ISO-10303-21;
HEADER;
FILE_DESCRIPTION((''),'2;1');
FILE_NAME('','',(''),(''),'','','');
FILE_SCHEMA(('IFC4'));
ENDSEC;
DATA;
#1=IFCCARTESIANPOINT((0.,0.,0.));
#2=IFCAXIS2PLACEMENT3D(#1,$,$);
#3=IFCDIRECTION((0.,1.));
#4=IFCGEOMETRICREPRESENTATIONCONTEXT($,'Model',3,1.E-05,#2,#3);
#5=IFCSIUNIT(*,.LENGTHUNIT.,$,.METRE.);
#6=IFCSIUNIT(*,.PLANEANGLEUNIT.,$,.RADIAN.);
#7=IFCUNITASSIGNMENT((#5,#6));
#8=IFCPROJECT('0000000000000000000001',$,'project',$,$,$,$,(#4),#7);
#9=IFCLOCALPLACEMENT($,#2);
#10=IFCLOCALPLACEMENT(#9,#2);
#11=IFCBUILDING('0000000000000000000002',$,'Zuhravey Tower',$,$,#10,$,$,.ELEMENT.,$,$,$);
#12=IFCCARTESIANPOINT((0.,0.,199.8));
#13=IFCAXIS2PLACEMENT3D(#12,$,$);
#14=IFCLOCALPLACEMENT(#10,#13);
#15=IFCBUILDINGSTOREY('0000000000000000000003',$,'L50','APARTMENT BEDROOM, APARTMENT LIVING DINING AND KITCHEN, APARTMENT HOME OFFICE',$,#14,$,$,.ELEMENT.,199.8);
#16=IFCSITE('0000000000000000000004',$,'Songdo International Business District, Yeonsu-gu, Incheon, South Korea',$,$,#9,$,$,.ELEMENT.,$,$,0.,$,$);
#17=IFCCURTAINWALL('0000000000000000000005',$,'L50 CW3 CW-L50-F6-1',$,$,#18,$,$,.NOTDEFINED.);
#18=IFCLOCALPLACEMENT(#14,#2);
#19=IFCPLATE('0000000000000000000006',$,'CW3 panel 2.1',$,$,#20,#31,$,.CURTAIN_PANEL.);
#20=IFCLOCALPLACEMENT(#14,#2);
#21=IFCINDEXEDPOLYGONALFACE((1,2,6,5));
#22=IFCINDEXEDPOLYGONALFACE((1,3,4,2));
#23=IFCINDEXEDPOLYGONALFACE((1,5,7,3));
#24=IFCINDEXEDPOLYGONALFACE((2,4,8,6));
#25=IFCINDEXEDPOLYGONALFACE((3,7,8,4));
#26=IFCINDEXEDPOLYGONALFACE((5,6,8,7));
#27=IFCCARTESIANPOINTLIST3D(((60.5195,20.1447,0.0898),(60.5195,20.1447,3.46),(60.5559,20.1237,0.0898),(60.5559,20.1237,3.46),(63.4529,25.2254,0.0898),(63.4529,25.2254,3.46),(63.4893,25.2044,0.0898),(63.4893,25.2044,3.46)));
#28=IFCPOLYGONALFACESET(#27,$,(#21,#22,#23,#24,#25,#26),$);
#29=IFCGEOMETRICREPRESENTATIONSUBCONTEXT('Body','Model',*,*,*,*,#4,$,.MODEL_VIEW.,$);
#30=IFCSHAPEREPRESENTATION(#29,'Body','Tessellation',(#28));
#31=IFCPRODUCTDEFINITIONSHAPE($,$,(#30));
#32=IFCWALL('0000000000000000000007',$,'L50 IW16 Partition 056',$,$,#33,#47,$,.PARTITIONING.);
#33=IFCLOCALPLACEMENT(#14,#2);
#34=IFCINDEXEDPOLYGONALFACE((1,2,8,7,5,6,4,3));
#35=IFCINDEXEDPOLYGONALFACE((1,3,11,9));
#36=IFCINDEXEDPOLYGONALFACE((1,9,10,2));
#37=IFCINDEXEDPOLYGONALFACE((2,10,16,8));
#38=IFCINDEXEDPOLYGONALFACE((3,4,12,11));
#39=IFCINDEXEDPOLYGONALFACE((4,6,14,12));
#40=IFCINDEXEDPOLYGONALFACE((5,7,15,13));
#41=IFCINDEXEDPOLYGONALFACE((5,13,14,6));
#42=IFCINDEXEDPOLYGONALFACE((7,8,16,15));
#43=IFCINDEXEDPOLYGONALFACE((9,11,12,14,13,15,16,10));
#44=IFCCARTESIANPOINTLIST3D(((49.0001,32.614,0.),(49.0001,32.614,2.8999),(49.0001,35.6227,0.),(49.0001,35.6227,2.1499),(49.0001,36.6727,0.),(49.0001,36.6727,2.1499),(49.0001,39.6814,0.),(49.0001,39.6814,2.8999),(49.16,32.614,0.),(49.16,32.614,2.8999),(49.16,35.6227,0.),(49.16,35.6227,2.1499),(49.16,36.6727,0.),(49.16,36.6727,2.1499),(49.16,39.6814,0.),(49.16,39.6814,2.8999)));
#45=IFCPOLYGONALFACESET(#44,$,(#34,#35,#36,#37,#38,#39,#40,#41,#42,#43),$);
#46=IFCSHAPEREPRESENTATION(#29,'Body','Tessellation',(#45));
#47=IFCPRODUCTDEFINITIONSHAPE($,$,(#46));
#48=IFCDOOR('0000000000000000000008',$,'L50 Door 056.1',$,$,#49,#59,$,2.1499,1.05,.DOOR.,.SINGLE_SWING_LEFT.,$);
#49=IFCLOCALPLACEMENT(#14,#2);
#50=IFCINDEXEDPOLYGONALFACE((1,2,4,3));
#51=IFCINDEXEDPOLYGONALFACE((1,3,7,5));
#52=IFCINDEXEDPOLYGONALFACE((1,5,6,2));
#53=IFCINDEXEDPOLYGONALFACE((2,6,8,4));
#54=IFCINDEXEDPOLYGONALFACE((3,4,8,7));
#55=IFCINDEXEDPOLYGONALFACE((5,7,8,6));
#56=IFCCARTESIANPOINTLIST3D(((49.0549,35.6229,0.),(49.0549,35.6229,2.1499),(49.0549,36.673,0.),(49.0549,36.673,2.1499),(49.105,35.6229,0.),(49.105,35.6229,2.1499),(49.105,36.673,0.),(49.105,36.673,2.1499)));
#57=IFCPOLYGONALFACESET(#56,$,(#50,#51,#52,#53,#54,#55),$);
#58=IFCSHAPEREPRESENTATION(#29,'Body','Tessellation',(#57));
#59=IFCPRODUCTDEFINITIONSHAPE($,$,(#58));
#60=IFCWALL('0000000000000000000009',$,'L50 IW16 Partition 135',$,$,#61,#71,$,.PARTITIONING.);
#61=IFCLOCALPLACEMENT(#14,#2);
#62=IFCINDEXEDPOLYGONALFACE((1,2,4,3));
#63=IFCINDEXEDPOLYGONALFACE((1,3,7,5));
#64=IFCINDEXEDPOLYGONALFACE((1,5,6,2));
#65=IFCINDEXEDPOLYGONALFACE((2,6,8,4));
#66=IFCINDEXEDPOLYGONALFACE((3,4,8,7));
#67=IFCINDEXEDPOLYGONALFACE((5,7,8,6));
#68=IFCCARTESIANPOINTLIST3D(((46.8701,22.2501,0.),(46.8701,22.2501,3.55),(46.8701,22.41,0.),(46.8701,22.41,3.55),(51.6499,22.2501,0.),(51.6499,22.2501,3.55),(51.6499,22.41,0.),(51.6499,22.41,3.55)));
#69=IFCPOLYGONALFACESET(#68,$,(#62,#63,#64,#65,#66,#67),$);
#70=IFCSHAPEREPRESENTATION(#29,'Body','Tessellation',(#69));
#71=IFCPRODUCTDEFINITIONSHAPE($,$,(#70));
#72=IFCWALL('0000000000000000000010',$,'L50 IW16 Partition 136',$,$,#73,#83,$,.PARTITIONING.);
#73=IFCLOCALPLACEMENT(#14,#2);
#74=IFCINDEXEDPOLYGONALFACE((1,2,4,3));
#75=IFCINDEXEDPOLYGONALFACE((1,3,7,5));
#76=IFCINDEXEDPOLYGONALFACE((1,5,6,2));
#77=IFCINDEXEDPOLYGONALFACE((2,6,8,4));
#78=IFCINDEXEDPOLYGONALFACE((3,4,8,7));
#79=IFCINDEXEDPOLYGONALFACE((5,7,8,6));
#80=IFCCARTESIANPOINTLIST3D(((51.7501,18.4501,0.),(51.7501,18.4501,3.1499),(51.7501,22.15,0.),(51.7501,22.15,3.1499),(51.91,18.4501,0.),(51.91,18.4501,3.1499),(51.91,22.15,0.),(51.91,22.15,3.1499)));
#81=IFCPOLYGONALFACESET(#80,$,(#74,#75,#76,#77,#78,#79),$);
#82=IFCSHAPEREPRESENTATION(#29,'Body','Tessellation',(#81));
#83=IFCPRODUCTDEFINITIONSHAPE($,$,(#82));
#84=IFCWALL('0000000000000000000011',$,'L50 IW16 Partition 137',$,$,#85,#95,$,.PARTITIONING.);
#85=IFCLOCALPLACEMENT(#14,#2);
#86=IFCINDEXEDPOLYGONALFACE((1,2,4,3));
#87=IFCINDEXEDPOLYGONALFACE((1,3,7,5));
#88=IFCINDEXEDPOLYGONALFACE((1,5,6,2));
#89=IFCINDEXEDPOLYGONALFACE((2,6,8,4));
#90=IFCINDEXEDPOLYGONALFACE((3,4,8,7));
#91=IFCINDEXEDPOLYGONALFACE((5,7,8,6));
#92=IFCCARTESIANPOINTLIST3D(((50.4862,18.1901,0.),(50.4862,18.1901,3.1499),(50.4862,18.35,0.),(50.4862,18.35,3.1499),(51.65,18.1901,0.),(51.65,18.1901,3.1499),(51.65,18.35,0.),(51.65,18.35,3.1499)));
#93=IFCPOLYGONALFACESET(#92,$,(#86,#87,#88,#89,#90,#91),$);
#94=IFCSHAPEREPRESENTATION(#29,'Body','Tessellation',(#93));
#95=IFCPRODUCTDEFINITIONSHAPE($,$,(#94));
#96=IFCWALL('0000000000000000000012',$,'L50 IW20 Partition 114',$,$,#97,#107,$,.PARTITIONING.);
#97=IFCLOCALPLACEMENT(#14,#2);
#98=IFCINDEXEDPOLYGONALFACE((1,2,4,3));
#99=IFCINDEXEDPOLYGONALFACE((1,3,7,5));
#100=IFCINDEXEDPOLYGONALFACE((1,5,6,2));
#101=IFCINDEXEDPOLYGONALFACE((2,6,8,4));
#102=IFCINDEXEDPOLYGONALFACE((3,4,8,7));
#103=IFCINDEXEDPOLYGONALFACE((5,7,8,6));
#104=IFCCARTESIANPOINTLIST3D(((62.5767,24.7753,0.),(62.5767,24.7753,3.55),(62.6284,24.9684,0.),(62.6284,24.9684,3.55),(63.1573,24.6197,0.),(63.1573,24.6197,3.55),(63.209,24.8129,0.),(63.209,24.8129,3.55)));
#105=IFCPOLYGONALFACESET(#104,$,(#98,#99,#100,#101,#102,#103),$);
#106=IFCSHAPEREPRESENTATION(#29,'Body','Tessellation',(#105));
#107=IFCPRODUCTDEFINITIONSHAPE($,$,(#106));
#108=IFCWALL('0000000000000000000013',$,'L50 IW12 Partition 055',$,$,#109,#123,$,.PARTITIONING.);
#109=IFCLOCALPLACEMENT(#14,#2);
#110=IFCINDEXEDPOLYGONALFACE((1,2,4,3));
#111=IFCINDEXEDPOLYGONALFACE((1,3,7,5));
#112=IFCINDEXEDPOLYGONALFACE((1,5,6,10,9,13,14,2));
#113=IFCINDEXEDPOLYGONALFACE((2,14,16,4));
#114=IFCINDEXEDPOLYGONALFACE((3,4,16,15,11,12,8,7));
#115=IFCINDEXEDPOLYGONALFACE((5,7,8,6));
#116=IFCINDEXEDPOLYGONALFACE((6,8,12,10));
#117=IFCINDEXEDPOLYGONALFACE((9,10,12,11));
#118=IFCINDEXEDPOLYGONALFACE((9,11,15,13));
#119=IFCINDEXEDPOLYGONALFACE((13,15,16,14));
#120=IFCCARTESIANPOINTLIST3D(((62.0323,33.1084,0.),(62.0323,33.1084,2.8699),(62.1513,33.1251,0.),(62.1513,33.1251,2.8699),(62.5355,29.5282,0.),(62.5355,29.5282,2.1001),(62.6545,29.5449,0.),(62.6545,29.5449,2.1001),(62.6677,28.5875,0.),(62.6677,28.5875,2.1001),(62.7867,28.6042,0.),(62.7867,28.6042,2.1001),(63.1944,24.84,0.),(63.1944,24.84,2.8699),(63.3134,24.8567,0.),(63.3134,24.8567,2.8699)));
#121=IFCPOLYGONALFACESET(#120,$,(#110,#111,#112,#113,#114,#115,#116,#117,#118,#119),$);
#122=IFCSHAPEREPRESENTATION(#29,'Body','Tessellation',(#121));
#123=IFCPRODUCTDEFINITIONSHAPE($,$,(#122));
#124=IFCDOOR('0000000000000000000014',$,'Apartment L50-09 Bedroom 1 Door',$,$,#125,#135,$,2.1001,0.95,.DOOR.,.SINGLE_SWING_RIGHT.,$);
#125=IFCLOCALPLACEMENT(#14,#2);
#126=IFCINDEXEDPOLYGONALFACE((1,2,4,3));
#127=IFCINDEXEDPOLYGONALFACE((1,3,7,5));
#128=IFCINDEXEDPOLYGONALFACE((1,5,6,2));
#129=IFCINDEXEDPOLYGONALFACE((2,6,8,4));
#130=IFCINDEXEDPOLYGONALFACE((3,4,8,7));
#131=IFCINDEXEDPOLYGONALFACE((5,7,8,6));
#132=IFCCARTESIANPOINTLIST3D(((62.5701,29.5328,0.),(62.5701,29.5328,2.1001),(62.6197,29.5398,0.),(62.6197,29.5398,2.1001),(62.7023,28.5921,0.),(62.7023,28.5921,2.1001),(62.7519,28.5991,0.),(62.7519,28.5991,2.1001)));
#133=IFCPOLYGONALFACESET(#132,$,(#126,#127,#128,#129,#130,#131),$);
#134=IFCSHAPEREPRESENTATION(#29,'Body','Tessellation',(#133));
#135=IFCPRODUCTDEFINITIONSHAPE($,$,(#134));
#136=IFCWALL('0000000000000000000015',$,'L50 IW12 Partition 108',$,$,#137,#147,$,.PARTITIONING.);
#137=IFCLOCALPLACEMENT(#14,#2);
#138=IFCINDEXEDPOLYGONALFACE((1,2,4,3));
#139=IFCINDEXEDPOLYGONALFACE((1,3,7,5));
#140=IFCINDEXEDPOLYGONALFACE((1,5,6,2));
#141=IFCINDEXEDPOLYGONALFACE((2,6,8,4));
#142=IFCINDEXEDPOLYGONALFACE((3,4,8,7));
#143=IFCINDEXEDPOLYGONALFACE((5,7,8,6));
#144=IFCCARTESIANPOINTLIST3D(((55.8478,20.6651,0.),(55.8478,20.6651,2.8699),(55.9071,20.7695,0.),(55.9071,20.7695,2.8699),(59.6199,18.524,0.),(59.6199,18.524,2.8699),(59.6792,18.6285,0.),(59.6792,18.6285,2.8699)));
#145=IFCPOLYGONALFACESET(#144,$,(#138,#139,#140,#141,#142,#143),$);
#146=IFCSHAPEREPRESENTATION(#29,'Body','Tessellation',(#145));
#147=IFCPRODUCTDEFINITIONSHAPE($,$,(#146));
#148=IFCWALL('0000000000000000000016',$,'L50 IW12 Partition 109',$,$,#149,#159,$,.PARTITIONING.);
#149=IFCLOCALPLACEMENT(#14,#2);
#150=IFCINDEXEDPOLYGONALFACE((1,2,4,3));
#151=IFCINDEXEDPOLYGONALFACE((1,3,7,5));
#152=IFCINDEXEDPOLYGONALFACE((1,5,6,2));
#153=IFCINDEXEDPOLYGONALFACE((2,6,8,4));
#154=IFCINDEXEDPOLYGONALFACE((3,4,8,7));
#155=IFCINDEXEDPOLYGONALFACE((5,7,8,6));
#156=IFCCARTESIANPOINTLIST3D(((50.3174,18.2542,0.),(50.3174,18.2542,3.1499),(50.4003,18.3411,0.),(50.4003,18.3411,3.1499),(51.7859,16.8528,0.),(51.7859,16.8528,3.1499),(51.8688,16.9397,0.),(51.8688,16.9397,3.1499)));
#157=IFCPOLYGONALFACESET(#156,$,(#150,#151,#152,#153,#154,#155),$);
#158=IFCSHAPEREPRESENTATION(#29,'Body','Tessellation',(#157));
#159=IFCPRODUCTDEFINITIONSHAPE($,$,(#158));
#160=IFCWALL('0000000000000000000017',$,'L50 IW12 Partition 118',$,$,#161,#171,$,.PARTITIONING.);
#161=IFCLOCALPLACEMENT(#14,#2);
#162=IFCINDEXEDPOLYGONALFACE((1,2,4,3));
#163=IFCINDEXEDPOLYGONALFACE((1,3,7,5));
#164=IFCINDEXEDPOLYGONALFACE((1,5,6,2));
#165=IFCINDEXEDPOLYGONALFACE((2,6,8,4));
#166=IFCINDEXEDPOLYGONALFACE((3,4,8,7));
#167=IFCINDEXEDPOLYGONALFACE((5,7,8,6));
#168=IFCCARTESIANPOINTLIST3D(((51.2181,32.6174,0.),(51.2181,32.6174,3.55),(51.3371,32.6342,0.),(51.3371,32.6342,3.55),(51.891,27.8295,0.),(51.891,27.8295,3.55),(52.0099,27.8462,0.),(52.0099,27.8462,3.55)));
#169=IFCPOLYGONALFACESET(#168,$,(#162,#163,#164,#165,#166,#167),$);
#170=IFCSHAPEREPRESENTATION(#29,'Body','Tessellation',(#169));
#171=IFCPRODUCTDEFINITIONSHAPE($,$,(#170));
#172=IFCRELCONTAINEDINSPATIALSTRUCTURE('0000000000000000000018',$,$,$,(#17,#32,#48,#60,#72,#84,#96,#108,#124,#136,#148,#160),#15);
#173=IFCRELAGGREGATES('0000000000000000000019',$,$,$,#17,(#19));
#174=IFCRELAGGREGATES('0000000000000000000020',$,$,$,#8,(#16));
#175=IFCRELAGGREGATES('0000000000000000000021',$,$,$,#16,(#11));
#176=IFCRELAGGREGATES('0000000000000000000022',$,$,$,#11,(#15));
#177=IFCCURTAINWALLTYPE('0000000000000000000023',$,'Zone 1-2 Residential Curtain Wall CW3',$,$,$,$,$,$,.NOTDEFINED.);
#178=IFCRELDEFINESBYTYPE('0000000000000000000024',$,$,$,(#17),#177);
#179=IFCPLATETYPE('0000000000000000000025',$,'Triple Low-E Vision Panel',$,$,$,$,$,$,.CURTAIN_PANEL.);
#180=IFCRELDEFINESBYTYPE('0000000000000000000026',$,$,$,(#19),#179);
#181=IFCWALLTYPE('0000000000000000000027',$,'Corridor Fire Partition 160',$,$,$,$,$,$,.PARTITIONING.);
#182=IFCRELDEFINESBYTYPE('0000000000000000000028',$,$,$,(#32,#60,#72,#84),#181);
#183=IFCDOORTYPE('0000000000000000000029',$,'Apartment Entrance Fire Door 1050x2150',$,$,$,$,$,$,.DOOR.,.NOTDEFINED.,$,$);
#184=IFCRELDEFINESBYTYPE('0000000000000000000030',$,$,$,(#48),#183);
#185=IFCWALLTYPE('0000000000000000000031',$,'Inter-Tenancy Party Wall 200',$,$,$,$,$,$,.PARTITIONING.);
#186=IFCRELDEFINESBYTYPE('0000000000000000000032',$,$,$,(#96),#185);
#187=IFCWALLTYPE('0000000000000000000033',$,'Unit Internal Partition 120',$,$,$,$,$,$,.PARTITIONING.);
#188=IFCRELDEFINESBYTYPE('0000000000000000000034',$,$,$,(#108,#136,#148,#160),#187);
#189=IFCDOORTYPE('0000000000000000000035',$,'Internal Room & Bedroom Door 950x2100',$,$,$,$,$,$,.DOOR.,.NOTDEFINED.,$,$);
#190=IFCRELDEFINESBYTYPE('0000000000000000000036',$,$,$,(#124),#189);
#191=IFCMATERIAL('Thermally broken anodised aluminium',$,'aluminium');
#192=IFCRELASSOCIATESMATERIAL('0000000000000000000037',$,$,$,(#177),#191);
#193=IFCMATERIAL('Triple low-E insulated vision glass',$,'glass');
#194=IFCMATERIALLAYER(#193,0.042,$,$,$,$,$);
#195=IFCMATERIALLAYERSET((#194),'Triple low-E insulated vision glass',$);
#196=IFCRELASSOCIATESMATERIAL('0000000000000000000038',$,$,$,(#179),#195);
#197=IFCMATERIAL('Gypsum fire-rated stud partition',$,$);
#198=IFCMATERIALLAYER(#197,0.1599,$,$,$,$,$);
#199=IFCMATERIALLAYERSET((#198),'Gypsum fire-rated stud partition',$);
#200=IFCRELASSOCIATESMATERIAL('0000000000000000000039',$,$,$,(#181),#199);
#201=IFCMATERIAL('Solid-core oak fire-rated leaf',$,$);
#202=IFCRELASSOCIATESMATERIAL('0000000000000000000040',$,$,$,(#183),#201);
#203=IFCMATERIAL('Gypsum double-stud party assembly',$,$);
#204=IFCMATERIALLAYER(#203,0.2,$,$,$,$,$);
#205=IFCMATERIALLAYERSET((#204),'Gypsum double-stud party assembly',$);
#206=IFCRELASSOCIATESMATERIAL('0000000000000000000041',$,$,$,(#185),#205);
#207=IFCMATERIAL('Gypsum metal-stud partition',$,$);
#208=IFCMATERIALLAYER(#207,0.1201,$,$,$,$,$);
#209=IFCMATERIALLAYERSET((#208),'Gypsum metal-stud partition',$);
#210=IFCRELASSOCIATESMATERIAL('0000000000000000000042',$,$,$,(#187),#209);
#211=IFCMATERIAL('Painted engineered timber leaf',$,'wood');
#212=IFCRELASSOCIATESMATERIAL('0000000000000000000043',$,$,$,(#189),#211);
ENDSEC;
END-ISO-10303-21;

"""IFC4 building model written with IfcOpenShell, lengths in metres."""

from ifc_helpers import new_model, si_unit, direction, frame, frame_2d, origin, origin_2d, place, context, subcontext, project, spatial, rectangle, extrude, material, layer, layer_set, type_object, element, fill, aggregate, save


model = new_model("IFC4")

# Units and contexts
model_context = context("Model", 3, precision=1e-05, world=origin(), true_north=direction((0.0, 1.0)))
body_context = subcontext(model_context, "Body", "Model", "MODEL_VIEW")
ifc_project = project(units=[si_unit("LENGTHUNIT", "METRE"), si_unit("PLANEANGLEUNIT", "RADIAN")], contexts=[model_context])

# Site, building, storey
site_placement = place(None, origin())
site = spatial("IfcSite", under=ifc_project, at=site_placement, Name="Songdo International Business District, Yeonsu-gu, Incheon, South Korea", CompositionType="ELEMENT", RefElevation=0.0)
building_placement = place(site_placement, origin())
building = spatial("IfcBuilding", under=site, at=building_placement, Name="Zuhravey Tower", CompositionType="ELEMENT")
storey_placement = place(building_placement, frame((0.0, 0.0, 199.8)))
storey = spatial("IfcBuildingStorey", under=building, at=storey_placement, Name="L50", Description="APARTMENT BEDROOM, APARTMENT LIVING DINING AND KITCHEN, APARTMENT HOME OFFICE", CompositionType="ELEMENT", Elevation=199.8)

# Curtain wall
ifc_material_1 = material(Name="Thermally broken anodised aluminium", Category="aluminium")
curtain_wall_type = type_object("IfcCurtainWallType", Name="Zone 1-2 Residential Curtain Wall CW3", PredefinedType="NOTDEFINED", material=ifc_material_1)
curtain_wall_placement = place(storey_placement, origin())
curtain_wall = element("IfcCurtainWall", 1, at=curtain_wall_placement, inside=storey, type_object=curtain_wall_type, Name="L50 CW3 CW-L50-F6-1", PredefinedType="NOTDEFINED")

# Plate
ifc_material_2 = material(Name="Triple low-E insulated vision glass", Category="glass")
ifc_layer_1 = layer(ifc_material_2, 0.042)
ifc_layer_set_1 = layer_set([ifc_layer_1], Name="Triple low-E insulated vision glass")
plate_type_1 = type_object("IfcPlateType", Name="Triple Low-E Vision Panel", PredefinedType="CURTAIN_PANEL", material=ifc_layer_set_1)
plate_1_placement = place(storey_placement, frame((62.0044, 22.6746, 0.0898), z_axis=(0.0, 0.0, 1.0), x_axis=(-0.5, -0.866025, 0.0)))
plate_1 = element("IfcPlate", 2, at=plate_1_placement, type_object=plate_type_1, Name="CW3 panel 2.1", PredefinedType="CURTAIN_PANEL", context=body_context, shape_type="SweptSolid", body=[
    extrude(rectangle(XDim=5.8667, YDim=0.042, at=origin_2d()), origin(), (0.0, 0.0, 1.0), 3.3701),
])
aggregate(curtain_wall, [plate_1])

# Wall, opening, door
ifc_material_3 = material(Name="Gypsum fire-rated stud partition")
ifc_layer_2 = layer(ifc_material_3, 0.1599)
ifc_layer_set_2 = layer_set([ifc_layer_2], Name="Gypsum fire-rated stud partition")
wall_type_1 = type_object("IfcWallType", Name="Corridor Fire Partition 160", PredefinedType="PARTITIONING", material=ifc_layer_set_2)
wall_1_placement = place(storey_placement, frame((49.0801, 32.614, 0.0), z_axis=(0.0, 0.0, 1.0), x_axis=(0.0, 1.0, 0.0)))
wall_1 = element("IfcWall", 3, at=wall_1_placement, inside=storey, type_object=wall_type_1, Name="L50 IW16 Partition 056", PredefinedType="PARTITIONING", context=body_context, shape_type="SweptSolid", body=[
    extrude(rectangle(XDim=7.0674, YDim=0.1599, at=frame_2d((3.5337, 0.0))), origin(), (0.0, 0.0, 1.0), 2.8999),
])
opening_1_placement = place(wall_1_placement, frame((3.0088, 0.0, 0.0)))
opening_1 = element("IfcOpeningElement", 4, at=opening_1_placement, cuts=wall_1, PredefinedType="OPENING", context=body_context, shape_type="SweptSolid", body=[
    extrude(rectangle(XDim=1.05, YDim=2.1499, at=frame_2d((0.5249, 1.075))), frame((0.0, 0.092, 0.0), z_axis=(0.0, -1.0, 0.0), x_axis=(1.0, 0.0, 0.0)), (0.0, 0.0, 1.0), 0.1838),
])
ifc_material_4 = material(Name="Solid-core oak fire-rated leaf")
door_type_1 = type_object("IfcDoorType", Name="Apartment Entrance Fire Door 1050x2150", OperationType="NOTDEFINED", PredefinedType="DOOR", material=ifc_material_4)
door_1_placement = place(opening_1_placement, frame((1.05, 0.0, 0.0), z_axis=(0.0, 0.0, 1.0), x_axis=(-1.0, 0.0, 0.0)))
door_1 = element("IfcDoor", 5, at=door_1_placement, inside=storey, type_object=door_type_1, Name="L50 Door 056.1", OperationType="SINGLE_SWING_LEFT", OverallHeight=2.1499, OverallWidth=1.05, PredefinedType="DOOR", context=body_context, shape_type="SweptSolid", body=[
    extrude(rectangle(XDim=1.05, YDim=2.1499, at=frame_2d((0.5249, 1.075))), frame((0.0, 0.0249, 0.0), z_axis=(0.0, -1.0, 0.0), x_axis=(1.0, 0.0, 0.0)), (0.0, 0.0, 1.0), 0.05),
])
fill(opening_1, door_1)

# Walls
wall_2_placement = place(storey_placement, frame((51.6499, 22.3301, 0.0), z_axis=(0.0, 0.0, 1.0), x_axis=(-1.0, 0.0, 0.0)))
element("IfcWall", 6, at=wall_2_placement, inside=storey, type_object=wall_type_1, Name="L50 IW16 Partition 135", PredefinedType="PARTITIONING", context=body_context, shape_type="SweptSolid", body=[
    extrude(rectangle(XDim=4.7798, YDim=0.1599, at=frame_2d((2.3899, 0.0))), origin(), (0.0, 0.0, 1.0), 3.55),
])
wall_3_placement = place(storey_placement, frame((51.8301, 18.45, 0.0), z_axis=(0.0, 0.0, 1.0), x_axis=(0.0, 1.0, 0.0)))
element("IfcWall", 7, at=wall_3_placement, inside=storey, type_object=wall_type_1, Name="L50 IW16 Partition 136", PredefinedType="PARTITIONING", context=body_context, shape_type="SweptSolid", body=[
    extrude(rectangle(XDim=3.7, YDim=0.1599, at=frame_2d((1.8501, 0.0))), origin(), (0.0, 0.0, 1.0), 3.1499),
])
wall_4_placement = place(storey_placement, frame((50.4861, 18.27, 0.0), z_axis=(0.0, 0.0, 1.0), x_axis=(1.0, 0.0, 0.0)))
element("IfcWall", 8, at=wall_4_placement, inside=storey, type_object=wall_type_1, Name="L50 IW16 Partition 137", PredefinedType="PARTITIONING", context=body_context, shape_type="SweptSolid", body=[
    extrude(rectangle(XDim=1.1638, YDim=0.1599, at=frame_2d((0.582, 0.0))), origin(), (0.0, 0.0, 1.0), 3.1499),
])
ifc_material_5 = material(Name="Gypsum double-stud party assembly")
ifc_layer_3 = layer(ifc_material_5, 0.2)
ifc_layer_set_3 = layer_set([ifc_layer_3], Name="Gypsum double-stud party assembly")
wall_type_2 = type_object("IfcWallType", Name="Inter-Tenancy Party Wall 200", PredefinedType="PARTITIONING", material=ifc_layer_set_3)
wall_5_placement = place(storey_placement, frame((62.6025, 24.8718, 0.0), z_axis=(0.0, 0.0, 1.0), x_axis=(0.965944, -0.25875, 0.0)))
element("IfcWall", 9, at=wall_5_placement, inside=storey, type_object=wall_type_2, Name="L50 IW20 Partition 114", PredefinedType="PARTITIONING", context=body_context, shape_type="SweptSolid", body=[
    extrude(rectangle(XDim=0.6011, YDim=0.2, at=frame_2d((0.3005, 0.0))), origin(), (0.0, 0.0, 1.0), 3.55),
])

# Wall, opening, door
ifc_material_6 = material(Name="Gypsum metal-stud partition")
ifc_layer_4 = layer(ifc_material_6, 0.1201)
ifc_layer_set_4 = layer_set([ifc_layer_4], Name="Gypsum metal-stud partition")
wall_type_3 = type_object("IfcWallType", Name="Unit Internal Partition 120", PredefinedType="PARTITIONING", material=ifc_layer_set_4)
wall_6_placement = place(storey_placement, frame((63.2539, 24.8484, 0.0), z_axis=(0.0, 0.0, 1.0), x_axis=(-0.139182, 0.990267, 0.0)))
wall_6 = element("IfcWall", 10, at=wall_6_placement, inside=storey, type_object=wall_type_3, Name="L50 IW12 Partition 055", PredefinedType="PARTITIONING", context=body_context, shape_type="SweptSolid", body=[
    extrude(rectangle(XDim=8.3496, YDim=0.1201, at=frame_2d((4.1748, 0.0))), origin(), (0.0, 0.0, 1.0), 2.8699),
])
opening_2_placement = place(wall_6_placement, frame((3.7842, 0.0, 0.0)))
opening_2 = element("IfcOpeningElement", 11, at=opening_2_placement, cuts=wall_6, PredefinedType="OPENING", context=body_context, shape_type="SweptSolid", body=[
    extrude(rectangle(XDim=0.95, YDim=2.1001, at=frame_2d((0.4751, 1.05))), frame((0.0, 0.072, 0.0), z_axis=(0.0, -1.0, 0.0), x_axis=(1.0, 0.0, 0.0)), (0.0, 0.0, 1.0), 0.144),
])
ifc_material_7 = material(Name="Painted engineered timber leaf", Category="wood")
door_type_2 = type_object("IfcDoorType", Name="Internal Room & Bedroom Door 950x2100", OperationType="NOTDEFINED", PredefinedType="DOOR", material=ifc_material_7)
door_2_placement = place(opening_2_placement, frame((0.95, 0.0, 0.0), z_axis=(0.0, 0.0, 1.0), x_axis=(-1.0, 0.0, 0.0)))
door_2 = element("IfcDoor", 12, at=door_2_placement, inside=storey, type_object=door_type_2, Name="Apartment L50-09 Bedroom 1 Door", OperationType="SINGLE_SWING_RIGHT", OverallHeight=2.1001, OverallWidth=0.95, PredefinedType="DOOR", context=body_context, shape_type="SweptSolid", body=[
    extrude(rectangle(XDim=0.95, YDim=2.1001, at=frame_2d((0.4751, 1.05))), frame((0.0, 0.0249, 0.0), z_axis=(0.0, -1.0, 0.0), x_axis=(1.0, 0.0, 0.0)), (0.0, 0.0, 1.0), 0.05),
])
fill(opening_2, door_2)

# Walls
wall_7_placement = place(storey_placement, frame((55.8774, 20.7173, 0.0), z_axis=(0.0, 0.0, 1.0), x_axis=(0.869674, -0.493627, 0.0)))
element("IfcWall", 13, at=wall_7_placement, inside=storey, type_object=wall_type_3, Name="L50 IW12 Partition 108", PredefinedType="PARTITIONING", context=body_context, shape_type="SweptSolid", body=[
    extrude(rectangle(XDim=4.3374, YDim=0.1201, at=frame_2d((2.1687, 0.0))), origin(), (0.0, 0.0, 1.0), 2.8699),
])
wall_8_placement = place(storey_placement, frame((50.3589, 18.2976, 0.0), z_axis=(0.0, 0.0, 1.0), x_axis=(0.723451, -0.690376, 0.0)))
element("IfcWall", 14, at=wall_8_placement, inside=storey, type_object=wall_type_3, Name="L50 IW12 Partition 109", PredefinedType="PARTITIONING", context=body_context, shape_type="SweptSolid", body=[
    extrude(rectangle(XDim=2.0298, YDim=0.1201, at=frame_2d((1.0149, 0.0))), origin(), (0.0, 0.0, 1.0), 3.1499),
])
wall_9_placement = place(storey_placement, frame((51.9504, 27.8379, 0.0), z_axis=(0.0, 0.0, 1.0), x_axis=(-0.139166, 0.990269, 0.0)))
element("IfcWall", 15, at=wall_9_placement, inside=storey, type_object=wall_type_3, Name="L50 IW12 Partition 118", PredefinedType="PARTITIONING", context=body_context, shape_type="SweptSolid", body=[
    extrude(rectangle(XDim=4.835, YDim=0.1201, at=frame_2d((2.4175, 0.0))), origin(), (0.0, 0.0, 1.0), 3.55),
])

save(model, "model.ifc")
